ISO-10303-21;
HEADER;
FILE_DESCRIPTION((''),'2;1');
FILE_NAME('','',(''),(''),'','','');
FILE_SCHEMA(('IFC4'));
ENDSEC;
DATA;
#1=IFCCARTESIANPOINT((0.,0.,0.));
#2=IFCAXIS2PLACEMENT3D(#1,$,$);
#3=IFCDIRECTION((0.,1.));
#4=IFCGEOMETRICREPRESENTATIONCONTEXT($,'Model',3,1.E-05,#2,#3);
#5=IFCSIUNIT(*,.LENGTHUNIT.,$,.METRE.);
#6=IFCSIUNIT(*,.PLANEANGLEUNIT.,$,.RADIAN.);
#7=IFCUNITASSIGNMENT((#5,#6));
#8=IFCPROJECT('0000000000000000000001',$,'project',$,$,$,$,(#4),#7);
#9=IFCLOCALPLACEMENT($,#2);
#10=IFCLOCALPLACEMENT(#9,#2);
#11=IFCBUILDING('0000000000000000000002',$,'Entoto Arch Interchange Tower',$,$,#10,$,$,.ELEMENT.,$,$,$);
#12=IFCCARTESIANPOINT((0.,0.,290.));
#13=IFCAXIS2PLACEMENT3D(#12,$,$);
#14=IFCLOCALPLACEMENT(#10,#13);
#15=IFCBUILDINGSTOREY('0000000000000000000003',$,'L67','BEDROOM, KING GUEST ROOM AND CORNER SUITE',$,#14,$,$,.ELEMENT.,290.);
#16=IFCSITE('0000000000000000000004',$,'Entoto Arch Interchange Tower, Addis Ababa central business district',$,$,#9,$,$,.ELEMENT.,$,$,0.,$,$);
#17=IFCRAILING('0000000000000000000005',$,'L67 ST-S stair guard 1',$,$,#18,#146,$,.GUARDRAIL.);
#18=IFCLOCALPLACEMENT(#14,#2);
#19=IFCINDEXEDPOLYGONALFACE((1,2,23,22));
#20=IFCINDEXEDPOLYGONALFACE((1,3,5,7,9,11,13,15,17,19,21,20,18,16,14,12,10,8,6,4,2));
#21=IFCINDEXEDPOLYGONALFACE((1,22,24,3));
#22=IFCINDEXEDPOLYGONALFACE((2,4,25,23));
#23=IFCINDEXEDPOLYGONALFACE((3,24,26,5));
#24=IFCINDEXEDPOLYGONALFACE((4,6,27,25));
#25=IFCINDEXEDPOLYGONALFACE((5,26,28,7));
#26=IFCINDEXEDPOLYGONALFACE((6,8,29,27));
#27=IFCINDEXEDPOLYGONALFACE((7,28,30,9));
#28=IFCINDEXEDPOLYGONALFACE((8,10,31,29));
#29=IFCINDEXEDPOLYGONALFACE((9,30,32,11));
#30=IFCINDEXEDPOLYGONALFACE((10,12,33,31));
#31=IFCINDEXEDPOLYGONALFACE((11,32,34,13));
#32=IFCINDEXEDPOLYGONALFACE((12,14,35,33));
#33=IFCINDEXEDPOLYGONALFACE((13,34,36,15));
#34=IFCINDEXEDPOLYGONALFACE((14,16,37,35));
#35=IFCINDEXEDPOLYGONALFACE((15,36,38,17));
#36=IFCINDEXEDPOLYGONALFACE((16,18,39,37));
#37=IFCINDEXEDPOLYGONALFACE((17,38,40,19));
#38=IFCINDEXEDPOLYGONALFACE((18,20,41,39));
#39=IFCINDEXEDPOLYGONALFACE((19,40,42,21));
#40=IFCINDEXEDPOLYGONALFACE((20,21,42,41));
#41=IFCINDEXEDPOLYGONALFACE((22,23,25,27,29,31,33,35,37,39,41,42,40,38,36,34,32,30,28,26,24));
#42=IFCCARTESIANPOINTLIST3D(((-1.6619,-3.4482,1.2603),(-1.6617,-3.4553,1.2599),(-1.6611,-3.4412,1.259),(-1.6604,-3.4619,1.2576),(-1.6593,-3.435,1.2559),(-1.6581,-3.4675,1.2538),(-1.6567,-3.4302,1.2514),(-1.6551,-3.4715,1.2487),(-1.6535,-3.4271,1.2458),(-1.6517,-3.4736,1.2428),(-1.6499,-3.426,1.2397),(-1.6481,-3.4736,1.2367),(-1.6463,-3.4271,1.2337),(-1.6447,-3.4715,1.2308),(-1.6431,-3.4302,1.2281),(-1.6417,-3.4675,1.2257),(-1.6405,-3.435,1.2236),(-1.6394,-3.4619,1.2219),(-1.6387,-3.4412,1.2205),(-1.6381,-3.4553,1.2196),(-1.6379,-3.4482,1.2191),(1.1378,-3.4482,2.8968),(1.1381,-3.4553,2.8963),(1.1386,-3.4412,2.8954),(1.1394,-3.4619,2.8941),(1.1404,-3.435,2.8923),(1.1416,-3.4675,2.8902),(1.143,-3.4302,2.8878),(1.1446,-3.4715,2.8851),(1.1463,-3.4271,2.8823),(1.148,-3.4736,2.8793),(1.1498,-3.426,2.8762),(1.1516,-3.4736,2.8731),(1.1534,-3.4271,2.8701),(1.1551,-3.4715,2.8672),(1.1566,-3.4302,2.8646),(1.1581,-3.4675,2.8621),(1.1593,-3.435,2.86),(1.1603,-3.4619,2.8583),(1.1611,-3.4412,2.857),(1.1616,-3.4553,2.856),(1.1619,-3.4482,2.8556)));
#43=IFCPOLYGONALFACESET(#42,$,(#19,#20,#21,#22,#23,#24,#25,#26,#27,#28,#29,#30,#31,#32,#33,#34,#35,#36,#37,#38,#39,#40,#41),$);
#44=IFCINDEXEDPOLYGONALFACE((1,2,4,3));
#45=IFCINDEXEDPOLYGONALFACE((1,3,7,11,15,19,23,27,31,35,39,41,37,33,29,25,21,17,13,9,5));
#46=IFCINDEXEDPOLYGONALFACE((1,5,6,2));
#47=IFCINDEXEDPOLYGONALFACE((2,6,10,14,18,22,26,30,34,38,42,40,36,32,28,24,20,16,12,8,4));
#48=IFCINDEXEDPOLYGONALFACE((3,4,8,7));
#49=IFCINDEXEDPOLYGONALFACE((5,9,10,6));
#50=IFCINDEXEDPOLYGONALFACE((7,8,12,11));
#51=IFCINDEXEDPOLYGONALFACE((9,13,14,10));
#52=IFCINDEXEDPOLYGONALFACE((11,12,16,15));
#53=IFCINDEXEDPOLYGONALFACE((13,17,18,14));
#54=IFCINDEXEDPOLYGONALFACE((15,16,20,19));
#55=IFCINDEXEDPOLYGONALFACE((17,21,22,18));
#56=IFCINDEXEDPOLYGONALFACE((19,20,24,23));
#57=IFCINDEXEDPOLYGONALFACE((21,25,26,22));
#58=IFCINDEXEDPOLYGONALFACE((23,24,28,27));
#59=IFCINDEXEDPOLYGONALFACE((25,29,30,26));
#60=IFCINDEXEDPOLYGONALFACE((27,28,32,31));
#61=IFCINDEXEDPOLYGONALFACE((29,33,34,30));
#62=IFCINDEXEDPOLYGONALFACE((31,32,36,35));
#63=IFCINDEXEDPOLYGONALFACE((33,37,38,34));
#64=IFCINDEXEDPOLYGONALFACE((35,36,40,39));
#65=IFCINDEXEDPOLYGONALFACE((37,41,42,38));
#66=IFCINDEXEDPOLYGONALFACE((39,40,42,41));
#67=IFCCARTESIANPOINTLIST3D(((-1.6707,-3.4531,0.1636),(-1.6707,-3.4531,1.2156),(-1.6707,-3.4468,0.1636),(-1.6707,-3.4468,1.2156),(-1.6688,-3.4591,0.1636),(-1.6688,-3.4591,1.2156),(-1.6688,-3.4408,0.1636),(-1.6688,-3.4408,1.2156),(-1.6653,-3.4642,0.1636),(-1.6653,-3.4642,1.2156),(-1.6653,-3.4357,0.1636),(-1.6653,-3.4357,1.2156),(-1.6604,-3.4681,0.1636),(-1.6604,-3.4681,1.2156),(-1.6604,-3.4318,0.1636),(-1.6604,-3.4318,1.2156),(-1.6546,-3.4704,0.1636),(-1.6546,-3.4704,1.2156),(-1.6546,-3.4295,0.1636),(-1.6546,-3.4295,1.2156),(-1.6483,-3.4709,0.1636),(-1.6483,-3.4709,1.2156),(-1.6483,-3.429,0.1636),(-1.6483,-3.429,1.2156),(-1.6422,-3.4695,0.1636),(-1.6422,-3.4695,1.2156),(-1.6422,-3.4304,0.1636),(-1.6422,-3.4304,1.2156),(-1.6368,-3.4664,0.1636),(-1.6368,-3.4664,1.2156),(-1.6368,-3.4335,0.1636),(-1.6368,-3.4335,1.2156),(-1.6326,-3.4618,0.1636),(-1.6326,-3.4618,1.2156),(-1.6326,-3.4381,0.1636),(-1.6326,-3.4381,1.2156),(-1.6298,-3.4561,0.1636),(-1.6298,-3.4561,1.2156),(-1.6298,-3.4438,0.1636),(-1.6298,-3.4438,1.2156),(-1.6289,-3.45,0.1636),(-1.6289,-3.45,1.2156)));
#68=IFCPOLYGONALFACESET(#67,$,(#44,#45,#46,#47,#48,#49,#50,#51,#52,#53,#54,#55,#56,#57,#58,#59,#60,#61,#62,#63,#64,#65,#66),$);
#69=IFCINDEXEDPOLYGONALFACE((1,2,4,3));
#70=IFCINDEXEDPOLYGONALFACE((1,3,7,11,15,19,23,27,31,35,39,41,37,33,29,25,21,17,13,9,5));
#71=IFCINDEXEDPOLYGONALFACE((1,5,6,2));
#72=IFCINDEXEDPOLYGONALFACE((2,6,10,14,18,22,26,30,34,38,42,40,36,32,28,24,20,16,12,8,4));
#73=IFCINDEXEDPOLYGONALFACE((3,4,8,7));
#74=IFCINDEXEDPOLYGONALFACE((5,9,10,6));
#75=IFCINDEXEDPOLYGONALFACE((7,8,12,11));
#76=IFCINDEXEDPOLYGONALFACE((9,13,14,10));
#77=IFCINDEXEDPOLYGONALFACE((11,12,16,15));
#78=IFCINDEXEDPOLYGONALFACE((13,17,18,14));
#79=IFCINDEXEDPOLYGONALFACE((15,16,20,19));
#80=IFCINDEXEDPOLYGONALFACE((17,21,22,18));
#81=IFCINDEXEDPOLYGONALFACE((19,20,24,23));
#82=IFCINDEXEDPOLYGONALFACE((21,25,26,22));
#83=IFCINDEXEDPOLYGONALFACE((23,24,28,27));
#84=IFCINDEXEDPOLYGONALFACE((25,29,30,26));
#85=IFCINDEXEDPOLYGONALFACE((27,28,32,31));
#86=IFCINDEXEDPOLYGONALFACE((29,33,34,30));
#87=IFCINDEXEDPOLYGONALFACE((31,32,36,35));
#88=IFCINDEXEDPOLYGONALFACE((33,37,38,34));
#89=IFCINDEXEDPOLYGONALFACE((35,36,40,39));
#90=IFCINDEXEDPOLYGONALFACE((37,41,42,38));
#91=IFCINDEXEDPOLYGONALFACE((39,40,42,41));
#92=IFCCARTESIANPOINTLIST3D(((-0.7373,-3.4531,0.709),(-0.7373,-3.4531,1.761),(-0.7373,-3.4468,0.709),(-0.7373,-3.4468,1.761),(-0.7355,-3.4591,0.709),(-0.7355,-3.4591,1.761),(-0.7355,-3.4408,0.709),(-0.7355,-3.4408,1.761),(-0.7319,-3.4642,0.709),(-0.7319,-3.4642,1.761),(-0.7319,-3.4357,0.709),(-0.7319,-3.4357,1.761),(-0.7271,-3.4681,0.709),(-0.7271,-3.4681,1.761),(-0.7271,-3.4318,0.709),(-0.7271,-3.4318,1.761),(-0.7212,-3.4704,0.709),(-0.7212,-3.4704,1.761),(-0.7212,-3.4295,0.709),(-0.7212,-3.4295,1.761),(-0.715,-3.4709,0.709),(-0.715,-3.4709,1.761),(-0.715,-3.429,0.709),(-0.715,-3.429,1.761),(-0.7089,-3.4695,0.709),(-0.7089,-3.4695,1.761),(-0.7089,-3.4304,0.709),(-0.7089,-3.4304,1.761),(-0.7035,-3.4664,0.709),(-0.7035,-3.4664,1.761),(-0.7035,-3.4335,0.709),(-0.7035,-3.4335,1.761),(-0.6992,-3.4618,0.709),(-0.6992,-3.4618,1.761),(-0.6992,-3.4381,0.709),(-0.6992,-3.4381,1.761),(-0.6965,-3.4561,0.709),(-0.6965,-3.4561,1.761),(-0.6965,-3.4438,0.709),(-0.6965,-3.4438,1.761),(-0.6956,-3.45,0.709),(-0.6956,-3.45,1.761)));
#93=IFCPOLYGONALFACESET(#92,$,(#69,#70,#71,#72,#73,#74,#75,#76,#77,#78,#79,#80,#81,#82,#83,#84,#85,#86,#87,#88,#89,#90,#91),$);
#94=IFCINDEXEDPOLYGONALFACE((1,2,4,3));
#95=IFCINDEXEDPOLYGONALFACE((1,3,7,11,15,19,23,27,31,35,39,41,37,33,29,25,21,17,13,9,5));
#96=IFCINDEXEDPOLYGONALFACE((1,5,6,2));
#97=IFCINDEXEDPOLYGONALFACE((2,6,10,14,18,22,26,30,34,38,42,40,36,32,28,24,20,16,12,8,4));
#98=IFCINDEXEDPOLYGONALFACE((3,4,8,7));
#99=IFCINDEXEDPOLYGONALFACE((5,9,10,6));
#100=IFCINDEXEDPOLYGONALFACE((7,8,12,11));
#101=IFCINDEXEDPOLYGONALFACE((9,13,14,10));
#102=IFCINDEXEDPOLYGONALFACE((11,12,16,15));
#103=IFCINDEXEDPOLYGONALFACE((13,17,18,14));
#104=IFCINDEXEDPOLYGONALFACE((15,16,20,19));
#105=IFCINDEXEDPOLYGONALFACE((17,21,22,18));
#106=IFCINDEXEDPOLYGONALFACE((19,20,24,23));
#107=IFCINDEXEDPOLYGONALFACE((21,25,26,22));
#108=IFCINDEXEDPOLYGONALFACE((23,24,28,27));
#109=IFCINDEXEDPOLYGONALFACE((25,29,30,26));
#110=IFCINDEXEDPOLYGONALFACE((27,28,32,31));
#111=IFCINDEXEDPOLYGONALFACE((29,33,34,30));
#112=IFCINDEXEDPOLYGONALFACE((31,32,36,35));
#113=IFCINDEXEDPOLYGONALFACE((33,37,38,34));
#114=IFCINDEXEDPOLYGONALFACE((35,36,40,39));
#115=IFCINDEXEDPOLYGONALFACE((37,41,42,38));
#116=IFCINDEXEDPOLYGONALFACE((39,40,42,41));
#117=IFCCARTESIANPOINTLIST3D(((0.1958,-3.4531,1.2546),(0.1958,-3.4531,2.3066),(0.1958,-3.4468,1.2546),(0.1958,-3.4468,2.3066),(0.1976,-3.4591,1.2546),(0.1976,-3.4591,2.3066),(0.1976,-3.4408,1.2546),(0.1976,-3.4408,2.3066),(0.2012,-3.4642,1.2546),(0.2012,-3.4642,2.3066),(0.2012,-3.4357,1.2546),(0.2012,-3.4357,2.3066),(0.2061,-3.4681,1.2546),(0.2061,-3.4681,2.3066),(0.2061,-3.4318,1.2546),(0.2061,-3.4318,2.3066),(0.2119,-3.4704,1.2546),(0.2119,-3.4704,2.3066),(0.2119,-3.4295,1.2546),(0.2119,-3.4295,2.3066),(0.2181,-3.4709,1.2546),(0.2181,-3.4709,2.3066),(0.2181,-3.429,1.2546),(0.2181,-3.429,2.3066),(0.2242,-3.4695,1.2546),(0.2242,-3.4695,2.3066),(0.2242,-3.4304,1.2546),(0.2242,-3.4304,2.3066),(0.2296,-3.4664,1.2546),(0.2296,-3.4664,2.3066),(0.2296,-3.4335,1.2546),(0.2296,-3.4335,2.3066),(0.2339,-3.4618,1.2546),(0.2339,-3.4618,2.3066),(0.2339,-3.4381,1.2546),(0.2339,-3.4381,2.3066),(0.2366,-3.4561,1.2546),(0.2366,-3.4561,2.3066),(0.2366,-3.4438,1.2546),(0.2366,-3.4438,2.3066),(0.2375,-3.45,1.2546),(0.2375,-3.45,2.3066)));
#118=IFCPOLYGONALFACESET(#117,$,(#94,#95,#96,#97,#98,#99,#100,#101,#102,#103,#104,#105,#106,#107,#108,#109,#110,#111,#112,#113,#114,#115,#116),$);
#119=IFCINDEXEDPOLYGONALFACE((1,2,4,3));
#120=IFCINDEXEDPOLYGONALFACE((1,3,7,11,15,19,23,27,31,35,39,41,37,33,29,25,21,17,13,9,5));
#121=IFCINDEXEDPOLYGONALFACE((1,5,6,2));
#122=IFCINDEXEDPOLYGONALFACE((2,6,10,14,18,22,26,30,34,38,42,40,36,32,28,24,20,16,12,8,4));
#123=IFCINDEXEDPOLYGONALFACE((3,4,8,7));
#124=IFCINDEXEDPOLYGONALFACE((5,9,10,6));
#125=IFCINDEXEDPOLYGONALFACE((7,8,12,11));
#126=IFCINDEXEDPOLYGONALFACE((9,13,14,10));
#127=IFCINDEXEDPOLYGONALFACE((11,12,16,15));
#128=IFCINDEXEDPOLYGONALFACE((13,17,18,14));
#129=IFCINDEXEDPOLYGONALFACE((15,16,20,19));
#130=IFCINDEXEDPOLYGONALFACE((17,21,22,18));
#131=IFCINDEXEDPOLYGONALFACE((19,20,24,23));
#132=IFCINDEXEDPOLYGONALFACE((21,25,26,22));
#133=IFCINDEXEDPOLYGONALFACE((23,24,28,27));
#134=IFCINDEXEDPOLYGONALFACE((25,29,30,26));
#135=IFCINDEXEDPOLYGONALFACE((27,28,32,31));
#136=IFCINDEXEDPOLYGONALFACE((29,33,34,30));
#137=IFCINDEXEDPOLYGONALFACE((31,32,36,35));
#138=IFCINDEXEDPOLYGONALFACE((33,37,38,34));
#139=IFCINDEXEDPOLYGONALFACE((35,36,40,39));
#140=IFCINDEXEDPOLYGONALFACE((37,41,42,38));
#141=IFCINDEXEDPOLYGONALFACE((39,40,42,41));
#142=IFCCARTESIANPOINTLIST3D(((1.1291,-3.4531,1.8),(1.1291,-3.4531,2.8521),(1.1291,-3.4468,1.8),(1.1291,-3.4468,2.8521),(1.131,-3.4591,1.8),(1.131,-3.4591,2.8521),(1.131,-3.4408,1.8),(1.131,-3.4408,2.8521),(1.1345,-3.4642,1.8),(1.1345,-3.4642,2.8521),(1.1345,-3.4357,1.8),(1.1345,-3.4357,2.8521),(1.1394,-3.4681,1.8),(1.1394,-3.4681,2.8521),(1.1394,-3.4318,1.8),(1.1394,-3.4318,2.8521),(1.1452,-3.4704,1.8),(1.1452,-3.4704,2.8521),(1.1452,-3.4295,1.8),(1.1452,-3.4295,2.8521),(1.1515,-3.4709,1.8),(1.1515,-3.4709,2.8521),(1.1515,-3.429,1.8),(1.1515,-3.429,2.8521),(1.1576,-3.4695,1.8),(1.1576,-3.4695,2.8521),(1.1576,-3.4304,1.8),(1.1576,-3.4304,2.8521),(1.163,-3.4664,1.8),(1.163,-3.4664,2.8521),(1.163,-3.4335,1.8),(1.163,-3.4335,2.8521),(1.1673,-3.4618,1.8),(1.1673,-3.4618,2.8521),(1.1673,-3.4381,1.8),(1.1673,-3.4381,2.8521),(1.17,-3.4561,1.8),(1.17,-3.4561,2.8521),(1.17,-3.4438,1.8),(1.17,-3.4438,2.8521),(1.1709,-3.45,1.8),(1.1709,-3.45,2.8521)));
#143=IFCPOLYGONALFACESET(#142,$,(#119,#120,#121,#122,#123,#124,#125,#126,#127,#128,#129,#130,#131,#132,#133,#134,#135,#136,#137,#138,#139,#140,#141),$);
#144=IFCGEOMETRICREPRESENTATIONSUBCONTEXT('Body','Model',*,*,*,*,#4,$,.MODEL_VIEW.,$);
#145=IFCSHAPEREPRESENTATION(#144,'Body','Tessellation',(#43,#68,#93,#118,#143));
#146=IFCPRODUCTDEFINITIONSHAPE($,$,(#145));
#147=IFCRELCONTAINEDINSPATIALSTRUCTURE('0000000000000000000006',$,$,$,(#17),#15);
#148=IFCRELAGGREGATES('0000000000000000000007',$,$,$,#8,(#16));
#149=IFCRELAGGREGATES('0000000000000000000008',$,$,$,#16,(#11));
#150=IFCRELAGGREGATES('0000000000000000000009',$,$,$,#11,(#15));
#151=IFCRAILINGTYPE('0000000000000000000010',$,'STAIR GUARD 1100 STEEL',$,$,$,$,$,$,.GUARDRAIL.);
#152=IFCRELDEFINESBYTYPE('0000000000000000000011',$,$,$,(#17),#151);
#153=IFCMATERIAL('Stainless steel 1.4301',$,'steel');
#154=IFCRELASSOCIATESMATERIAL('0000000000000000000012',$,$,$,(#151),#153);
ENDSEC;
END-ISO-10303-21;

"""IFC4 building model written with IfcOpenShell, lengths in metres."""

from ifc_helpers import new_model, si_unit, direction, frame, origin, origin_2d, place, context, subcontext, project, spatial, circle, extrude, material, type_object, element, save


model = new_model("IFC4")

# Units and contexts
model_context = context("Model", 3, precision=1e-05, world=origin(), true_north=direction((0.0, 1.0)))
body_context = subcontext(model_context, "Body", "Model", "MODEL_VIEW")
ifc_project = project(units=[si_unit("LENGTHUNIT", "METRE"), si_unit("PLANEANGLEUNIT", "RADIAN")], contexts=[model_context])

# Site, building, storey
site_placement = place(None, origin())
site = spatial("IfcSite", under=ifc_project, at=site_placement, Name="Entoto Arch Interchange Tower, Addis Ababa central business district", CompositionType="ELEMENT", RefElevation=0.0)
building_placement = place(site_placement, origin())
building = spatial("IfcBuilding", under=site, at=building_placement, Name="Entoto Arch Interchange Tower", CompositionType="ELEMENT")
storey_placement = place(building_placement, frame((0.0, 0.0, 290.0)))
storey = spatial("IfcBuildingStorey", under=building, at=storey_placement, Name="L67", Description="BEDROOM, KING GUEST ROOM AND CORNER SUITE", CompositionType="ELEMENT", Elevation=290.0)

# Railing
ifc_material_1 = material(Name="Stainless steel 1.4301", Category="steel")
railing_type_1 = type_object("IfcRailingType", Name="STAIR GUARD 1100 STEEL", PredefinedType="GUARDRAIL", material=ifc_material_1)
railing_1_placement = place(storey_placement, frame((-1.6499, -3.45, 0.1636)))
element("IfcRailing", 1, at=railing_1_placement, inside=storey, type_object=railing_type_1, Name="L67 ST-S stair guard 1", PredefinedType="GUARDRAIL", context=body_context, shape_type="SweptSolid", body=[
    extrude(circle(Radius=0.0239, at=origin_2d()), frame((0.0, 0.0, 1.0762), z_axis=(0.863342, 0.0, 0.50462), x_axis=(0.0, 1.0, 0.0)), (0.0, 0.0, 1.0), 3.2429),
    extrude(circle(Radius=0.021, at=origin_2d()), origin(), (0.0, 0.0, 1.0), 1.052),
    extrude(circle(Radius=0.021, at=origin_2d()), frame((0.9333, 0.0, 0.5454)), (0.0, 0.0, 1.0), 1.052),
    extrude(circle(Radius=0.021, at=origin_2d()), frame((1.8665, 0.0, 1.0911)), (0.0, 0.0, 1.0), 1.052),
    extrude(circle(Radius=0.021, at=origin_2d()), frame((2.7998, 0.0, 1.6365)), (0.0, 0.0, 1.0), 1.052),
])

save(model, "model.ifc")
